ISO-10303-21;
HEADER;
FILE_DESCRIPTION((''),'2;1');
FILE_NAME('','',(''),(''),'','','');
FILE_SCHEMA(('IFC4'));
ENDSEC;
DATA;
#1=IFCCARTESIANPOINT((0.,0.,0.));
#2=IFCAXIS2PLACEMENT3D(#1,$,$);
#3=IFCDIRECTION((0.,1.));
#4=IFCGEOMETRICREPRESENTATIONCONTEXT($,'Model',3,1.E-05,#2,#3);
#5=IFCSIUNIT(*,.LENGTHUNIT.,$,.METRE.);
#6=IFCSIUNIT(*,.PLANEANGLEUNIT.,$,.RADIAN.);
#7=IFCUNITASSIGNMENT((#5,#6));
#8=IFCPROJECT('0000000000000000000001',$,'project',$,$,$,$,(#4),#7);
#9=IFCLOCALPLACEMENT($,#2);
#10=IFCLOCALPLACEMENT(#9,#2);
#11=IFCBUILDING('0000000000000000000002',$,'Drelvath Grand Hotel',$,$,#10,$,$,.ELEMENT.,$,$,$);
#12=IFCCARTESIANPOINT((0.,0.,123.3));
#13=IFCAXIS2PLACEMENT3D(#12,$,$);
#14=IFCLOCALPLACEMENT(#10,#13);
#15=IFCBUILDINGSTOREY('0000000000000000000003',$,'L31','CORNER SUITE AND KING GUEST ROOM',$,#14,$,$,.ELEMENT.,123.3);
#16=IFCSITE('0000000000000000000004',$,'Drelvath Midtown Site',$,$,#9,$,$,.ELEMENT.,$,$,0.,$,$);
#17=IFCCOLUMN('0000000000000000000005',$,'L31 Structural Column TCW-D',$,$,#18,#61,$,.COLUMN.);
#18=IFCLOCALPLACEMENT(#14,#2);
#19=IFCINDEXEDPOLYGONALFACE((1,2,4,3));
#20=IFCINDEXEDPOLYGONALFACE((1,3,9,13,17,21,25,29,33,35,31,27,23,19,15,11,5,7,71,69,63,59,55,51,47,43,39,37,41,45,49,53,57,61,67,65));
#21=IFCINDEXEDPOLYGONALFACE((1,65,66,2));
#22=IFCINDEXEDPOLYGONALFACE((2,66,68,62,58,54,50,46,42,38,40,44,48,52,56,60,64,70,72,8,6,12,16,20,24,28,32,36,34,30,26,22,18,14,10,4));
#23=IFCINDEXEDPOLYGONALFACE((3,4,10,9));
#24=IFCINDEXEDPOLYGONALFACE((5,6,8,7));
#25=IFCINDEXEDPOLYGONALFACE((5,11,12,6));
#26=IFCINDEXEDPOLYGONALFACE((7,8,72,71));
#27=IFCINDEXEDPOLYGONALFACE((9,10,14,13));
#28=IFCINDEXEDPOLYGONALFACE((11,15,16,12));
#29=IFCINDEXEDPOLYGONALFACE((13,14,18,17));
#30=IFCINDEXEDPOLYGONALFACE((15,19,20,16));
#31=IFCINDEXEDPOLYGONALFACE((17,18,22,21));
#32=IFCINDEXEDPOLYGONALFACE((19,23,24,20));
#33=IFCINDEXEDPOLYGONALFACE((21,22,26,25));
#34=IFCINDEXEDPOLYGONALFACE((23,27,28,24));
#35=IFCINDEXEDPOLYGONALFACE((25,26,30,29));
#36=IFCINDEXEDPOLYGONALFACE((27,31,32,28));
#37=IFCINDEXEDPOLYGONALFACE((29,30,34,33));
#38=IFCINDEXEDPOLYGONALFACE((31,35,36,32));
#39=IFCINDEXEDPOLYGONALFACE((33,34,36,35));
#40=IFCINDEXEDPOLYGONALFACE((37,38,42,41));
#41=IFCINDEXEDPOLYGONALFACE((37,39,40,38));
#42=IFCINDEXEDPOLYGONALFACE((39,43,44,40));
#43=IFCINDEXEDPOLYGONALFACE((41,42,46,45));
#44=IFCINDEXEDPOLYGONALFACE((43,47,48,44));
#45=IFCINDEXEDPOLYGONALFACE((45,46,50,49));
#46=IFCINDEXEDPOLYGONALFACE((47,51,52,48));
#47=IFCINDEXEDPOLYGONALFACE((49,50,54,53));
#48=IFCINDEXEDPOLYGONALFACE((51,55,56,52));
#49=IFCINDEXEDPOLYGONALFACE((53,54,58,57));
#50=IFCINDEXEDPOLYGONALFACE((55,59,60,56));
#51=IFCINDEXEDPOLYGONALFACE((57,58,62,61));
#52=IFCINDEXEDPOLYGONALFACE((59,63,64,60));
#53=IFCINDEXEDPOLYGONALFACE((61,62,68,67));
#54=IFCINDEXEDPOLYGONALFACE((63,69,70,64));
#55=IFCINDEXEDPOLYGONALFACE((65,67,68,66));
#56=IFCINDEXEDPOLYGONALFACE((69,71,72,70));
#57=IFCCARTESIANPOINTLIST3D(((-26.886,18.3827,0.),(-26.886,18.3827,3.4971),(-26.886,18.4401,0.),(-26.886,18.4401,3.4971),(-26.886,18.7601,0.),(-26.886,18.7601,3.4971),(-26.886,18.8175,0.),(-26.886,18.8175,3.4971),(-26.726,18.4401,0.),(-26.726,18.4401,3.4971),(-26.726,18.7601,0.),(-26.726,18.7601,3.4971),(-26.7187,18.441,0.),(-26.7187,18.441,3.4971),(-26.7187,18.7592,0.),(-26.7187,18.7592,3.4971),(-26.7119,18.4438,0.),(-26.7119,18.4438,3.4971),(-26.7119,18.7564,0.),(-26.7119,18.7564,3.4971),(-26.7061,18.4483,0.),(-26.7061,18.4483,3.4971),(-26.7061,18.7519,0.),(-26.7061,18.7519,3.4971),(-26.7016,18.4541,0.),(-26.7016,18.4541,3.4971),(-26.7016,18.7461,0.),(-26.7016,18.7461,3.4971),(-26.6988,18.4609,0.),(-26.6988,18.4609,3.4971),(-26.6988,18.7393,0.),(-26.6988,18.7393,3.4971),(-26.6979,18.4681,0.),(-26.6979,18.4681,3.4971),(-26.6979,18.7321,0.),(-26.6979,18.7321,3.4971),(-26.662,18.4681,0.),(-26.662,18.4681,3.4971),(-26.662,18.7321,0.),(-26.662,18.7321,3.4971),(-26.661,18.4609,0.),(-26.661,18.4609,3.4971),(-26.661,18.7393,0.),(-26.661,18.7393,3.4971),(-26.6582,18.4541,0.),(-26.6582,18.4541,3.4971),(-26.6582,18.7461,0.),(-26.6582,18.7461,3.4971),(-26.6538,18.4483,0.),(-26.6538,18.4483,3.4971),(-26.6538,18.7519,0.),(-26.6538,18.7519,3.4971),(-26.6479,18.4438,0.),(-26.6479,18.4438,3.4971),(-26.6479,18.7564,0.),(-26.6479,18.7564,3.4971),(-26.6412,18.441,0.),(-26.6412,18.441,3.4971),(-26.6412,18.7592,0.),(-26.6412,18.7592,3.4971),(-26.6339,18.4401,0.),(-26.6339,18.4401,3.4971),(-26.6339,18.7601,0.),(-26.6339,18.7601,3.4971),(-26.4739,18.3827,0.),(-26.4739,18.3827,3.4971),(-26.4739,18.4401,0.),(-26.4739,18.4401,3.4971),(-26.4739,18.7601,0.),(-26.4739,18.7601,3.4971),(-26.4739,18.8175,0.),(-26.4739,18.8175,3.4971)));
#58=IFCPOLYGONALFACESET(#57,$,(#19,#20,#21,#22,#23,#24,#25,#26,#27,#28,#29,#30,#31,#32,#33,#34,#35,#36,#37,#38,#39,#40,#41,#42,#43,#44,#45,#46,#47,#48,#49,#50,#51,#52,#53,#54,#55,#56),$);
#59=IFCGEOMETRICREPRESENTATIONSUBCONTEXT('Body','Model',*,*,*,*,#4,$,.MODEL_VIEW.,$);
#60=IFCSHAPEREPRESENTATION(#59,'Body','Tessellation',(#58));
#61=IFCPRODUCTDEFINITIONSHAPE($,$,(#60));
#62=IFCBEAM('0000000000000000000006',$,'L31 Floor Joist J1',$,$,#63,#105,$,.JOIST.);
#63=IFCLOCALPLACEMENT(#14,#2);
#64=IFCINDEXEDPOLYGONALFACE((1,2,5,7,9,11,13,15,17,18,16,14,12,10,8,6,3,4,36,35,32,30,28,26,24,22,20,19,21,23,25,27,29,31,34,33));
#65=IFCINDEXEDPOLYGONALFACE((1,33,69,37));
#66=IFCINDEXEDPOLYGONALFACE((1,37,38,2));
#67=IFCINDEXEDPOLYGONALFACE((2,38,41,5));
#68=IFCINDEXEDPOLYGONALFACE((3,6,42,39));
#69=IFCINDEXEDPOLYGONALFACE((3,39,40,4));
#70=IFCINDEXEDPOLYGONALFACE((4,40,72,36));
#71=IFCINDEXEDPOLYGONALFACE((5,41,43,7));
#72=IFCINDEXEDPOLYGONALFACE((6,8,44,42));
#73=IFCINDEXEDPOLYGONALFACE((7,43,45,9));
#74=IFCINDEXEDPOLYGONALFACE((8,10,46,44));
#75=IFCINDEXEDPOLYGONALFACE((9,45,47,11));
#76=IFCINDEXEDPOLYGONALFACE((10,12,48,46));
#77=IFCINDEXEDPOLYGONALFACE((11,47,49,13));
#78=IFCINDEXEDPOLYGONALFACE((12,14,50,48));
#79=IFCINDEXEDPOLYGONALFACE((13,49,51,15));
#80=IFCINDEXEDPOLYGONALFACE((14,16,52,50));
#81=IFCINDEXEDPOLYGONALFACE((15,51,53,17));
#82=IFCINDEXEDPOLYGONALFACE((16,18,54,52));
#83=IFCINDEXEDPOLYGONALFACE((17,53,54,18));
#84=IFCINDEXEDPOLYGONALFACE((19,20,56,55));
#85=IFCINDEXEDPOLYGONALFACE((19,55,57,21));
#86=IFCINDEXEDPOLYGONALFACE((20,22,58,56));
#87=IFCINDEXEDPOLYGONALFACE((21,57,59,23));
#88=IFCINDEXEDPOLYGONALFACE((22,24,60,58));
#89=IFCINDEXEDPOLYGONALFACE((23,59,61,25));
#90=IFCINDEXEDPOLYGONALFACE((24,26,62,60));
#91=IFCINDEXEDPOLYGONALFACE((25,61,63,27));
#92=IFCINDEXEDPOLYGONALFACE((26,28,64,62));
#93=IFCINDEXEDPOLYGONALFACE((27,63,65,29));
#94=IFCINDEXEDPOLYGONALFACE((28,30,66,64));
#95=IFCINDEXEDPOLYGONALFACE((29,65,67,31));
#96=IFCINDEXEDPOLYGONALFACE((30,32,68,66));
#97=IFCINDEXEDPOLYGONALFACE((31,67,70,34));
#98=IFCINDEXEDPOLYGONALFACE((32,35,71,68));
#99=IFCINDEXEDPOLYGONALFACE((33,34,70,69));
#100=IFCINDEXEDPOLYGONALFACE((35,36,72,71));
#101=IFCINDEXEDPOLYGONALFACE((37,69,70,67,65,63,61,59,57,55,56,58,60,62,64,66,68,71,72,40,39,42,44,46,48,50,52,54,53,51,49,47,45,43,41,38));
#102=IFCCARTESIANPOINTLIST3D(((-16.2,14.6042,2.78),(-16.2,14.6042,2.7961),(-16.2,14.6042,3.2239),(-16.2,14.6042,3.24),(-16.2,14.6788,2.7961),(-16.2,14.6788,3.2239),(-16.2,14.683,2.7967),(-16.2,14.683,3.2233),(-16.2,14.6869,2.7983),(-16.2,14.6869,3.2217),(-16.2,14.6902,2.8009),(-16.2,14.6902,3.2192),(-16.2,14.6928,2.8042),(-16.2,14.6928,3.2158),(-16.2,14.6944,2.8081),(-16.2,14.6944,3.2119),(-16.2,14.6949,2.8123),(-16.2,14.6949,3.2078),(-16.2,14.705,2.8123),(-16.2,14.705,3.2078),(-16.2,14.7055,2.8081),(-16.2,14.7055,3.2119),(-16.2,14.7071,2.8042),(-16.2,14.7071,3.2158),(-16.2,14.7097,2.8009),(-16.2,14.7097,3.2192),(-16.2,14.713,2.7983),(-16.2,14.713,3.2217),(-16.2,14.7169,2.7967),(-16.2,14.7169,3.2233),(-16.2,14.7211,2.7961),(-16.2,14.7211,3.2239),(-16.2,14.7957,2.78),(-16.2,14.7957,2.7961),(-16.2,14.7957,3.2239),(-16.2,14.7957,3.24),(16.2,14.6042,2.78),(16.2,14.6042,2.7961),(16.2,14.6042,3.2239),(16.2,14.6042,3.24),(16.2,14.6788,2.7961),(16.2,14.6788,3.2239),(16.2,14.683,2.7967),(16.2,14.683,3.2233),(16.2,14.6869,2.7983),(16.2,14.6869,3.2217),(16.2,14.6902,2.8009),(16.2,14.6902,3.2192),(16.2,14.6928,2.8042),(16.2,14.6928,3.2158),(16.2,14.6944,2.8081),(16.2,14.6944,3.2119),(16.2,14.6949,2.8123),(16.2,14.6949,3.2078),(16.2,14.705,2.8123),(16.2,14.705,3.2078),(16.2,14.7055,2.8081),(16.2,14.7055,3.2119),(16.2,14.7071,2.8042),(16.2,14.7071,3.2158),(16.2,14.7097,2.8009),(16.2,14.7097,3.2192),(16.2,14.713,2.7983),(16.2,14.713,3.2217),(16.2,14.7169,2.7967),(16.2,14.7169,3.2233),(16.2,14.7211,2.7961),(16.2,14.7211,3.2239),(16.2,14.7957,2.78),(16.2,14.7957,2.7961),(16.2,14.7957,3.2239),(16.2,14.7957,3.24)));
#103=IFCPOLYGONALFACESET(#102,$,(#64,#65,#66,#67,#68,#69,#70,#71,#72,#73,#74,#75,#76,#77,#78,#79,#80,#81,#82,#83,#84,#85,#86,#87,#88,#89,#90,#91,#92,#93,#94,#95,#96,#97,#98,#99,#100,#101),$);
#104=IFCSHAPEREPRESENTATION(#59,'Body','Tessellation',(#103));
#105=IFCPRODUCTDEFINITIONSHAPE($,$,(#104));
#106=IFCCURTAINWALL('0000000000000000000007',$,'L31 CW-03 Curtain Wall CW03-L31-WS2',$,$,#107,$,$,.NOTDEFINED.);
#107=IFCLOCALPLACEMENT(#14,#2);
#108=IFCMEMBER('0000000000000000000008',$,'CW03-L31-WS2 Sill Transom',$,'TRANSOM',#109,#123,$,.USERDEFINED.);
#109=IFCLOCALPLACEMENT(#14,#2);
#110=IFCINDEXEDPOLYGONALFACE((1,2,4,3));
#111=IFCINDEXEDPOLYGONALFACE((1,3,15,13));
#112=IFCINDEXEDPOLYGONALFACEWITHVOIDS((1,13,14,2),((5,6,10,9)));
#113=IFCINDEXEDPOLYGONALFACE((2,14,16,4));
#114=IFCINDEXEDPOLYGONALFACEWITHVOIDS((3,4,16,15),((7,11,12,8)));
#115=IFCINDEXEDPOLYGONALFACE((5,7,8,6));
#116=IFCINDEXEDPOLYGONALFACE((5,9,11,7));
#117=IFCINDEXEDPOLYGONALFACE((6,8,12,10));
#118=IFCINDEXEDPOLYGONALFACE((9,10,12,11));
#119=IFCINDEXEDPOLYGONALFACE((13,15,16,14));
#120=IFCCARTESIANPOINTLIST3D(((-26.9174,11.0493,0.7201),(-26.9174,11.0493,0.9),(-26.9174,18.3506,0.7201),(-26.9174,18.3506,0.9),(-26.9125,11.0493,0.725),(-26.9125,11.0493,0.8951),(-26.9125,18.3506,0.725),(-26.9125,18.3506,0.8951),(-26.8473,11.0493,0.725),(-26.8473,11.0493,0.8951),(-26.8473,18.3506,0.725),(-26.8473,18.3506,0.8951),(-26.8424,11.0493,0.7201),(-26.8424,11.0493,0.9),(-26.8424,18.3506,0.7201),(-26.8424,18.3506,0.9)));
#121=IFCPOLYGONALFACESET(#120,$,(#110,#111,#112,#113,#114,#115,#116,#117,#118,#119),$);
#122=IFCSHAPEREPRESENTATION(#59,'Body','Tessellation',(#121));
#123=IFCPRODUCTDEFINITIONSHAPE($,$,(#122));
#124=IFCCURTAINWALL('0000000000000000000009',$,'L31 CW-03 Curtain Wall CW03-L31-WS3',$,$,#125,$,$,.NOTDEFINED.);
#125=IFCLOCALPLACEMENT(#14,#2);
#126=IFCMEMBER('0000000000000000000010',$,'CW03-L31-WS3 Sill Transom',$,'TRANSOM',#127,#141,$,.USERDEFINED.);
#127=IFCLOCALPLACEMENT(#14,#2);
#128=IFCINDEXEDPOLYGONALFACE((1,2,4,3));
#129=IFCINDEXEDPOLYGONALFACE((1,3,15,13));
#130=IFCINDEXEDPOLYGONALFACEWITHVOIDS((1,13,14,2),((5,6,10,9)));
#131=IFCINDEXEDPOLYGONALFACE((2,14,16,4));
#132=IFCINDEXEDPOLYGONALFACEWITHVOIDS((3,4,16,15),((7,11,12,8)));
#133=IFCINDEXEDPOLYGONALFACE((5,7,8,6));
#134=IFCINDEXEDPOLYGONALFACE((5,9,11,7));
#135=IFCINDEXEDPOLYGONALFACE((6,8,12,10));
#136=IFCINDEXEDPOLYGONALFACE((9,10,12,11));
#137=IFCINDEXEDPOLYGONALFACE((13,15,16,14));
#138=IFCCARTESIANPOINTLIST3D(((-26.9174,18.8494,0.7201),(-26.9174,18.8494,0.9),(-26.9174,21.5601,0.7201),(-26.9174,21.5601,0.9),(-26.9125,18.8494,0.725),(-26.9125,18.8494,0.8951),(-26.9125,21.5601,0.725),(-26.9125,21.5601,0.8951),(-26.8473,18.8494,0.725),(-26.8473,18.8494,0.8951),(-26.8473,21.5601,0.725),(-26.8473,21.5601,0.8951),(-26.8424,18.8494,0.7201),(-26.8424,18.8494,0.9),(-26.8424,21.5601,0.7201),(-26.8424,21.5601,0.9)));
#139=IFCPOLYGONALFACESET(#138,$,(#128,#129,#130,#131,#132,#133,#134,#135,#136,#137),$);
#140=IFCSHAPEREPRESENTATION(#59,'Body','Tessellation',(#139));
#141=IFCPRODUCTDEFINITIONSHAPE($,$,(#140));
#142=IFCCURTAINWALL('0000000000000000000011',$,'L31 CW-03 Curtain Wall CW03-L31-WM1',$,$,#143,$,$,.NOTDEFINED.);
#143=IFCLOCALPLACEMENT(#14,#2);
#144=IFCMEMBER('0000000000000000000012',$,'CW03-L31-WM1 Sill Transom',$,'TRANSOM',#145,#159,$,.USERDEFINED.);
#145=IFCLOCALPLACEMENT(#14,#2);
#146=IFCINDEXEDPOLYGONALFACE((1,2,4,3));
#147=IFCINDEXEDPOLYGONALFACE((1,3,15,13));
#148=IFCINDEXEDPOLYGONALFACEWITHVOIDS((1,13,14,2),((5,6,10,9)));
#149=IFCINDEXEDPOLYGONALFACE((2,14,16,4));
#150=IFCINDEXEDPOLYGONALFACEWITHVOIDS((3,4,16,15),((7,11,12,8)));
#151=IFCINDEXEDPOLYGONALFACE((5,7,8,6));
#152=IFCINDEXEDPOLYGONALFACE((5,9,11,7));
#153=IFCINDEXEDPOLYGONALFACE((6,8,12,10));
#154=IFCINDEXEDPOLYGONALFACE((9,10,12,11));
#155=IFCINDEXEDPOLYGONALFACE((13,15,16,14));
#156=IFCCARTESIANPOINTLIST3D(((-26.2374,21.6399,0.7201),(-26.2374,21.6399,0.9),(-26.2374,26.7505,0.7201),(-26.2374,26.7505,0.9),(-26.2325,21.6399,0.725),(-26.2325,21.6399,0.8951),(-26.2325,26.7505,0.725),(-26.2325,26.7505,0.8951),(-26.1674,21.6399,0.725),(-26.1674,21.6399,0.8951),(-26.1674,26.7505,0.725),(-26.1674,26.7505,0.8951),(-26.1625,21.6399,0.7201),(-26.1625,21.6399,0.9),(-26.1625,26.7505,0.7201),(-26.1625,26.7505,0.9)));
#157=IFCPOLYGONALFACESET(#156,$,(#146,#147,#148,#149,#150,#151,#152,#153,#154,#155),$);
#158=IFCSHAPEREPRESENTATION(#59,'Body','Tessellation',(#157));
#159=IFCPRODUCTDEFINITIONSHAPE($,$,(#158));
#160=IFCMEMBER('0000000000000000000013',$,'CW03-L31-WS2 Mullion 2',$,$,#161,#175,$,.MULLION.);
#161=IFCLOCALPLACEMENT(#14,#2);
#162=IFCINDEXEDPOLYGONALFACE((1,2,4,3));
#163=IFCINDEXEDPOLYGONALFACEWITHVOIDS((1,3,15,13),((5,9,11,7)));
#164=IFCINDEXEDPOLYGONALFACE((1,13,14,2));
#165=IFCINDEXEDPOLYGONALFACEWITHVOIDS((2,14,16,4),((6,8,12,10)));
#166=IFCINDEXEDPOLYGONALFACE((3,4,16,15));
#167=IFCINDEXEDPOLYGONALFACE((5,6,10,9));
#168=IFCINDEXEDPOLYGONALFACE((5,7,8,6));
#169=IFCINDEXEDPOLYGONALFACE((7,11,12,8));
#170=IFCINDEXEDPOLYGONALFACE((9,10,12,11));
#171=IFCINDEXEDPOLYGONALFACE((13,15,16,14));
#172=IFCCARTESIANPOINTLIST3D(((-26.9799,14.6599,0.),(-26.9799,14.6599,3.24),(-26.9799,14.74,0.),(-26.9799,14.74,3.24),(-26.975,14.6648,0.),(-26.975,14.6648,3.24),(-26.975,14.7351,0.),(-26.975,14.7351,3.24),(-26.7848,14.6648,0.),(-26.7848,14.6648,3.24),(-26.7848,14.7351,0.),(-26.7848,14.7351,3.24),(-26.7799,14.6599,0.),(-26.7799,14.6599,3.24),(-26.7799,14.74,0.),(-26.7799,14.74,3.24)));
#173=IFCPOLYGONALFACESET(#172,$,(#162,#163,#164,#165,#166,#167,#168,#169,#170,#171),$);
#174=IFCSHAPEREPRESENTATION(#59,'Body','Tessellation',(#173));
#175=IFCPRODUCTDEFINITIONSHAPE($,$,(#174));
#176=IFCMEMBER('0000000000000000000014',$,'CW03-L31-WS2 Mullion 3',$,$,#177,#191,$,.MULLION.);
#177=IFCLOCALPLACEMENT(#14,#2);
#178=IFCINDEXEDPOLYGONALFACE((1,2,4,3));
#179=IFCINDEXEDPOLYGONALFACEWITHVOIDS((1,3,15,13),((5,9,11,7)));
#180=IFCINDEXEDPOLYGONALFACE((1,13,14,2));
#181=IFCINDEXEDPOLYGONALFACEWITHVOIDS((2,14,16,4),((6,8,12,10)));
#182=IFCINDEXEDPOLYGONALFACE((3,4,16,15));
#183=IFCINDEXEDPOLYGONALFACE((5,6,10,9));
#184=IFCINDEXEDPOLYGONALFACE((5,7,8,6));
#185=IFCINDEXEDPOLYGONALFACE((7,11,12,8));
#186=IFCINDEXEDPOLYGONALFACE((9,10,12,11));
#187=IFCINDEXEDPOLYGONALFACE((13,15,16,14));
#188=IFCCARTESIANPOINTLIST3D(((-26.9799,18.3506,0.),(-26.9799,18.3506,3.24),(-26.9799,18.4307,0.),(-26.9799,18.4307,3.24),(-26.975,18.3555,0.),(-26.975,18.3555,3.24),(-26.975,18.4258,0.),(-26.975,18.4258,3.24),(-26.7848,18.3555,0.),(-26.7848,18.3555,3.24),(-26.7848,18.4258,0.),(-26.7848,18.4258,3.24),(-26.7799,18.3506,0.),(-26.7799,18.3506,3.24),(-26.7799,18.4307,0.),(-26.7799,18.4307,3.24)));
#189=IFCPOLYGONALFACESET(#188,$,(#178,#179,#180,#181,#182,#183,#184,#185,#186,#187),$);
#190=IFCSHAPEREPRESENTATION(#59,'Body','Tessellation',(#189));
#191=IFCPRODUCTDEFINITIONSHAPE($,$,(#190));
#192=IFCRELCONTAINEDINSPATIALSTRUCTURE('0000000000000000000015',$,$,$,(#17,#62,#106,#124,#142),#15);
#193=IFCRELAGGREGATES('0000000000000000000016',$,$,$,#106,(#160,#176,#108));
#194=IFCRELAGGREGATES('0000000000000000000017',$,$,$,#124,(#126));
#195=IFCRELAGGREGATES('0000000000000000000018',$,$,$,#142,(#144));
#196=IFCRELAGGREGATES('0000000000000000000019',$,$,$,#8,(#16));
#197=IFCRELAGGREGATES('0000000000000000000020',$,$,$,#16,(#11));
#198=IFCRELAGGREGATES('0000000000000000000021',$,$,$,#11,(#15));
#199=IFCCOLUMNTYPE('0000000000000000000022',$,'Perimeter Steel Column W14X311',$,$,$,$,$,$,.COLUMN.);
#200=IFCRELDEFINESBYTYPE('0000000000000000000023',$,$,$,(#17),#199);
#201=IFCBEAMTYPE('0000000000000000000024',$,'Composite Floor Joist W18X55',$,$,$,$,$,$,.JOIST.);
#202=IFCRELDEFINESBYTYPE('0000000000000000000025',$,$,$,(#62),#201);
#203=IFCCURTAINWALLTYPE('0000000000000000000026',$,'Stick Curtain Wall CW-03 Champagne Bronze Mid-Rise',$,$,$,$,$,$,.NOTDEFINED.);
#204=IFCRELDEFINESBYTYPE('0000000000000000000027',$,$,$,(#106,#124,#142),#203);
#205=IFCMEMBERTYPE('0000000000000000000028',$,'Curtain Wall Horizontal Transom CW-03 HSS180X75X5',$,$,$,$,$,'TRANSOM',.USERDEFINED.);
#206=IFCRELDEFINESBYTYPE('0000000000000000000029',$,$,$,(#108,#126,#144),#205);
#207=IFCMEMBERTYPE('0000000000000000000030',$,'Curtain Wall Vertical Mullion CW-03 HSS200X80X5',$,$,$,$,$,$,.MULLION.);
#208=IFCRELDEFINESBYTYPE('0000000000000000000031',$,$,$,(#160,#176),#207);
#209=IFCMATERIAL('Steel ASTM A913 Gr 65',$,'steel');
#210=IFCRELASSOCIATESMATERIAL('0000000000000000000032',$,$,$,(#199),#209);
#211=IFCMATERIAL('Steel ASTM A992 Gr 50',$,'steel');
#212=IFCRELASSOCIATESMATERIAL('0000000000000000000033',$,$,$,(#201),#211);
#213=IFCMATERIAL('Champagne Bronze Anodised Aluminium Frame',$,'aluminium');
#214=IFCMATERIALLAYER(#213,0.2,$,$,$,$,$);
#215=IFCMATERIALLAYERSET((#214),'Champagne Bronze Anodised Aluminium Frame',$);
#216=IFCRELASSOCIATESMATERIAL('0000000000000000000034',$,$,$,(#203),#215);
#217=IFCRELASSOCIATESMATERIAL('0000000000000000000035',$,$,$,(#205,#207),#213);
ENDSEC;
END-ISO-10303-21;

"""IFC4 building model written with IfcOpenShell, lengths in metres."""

from ifc_helpers import new_model, si_unit, direction, frame, origin, origin_2d, place, context, subcontext, project, spatial, hollow_rectangle, i_section, extrude, material, layer, layer_set, material_profile, profile_set, type_object, element, aggregate, save


model = new_model("IFC4")

# Units and contexts
model_context = context("Model", 3, precision=1e-05, world=origin(), true_north=direction((0.0, 1.0)))
body_context = subcontext(model_context, "Body", "Model", "MODEL_VIEW")
ifc_project = project(units=[si_unit("LENGTHUNIT", "METRE"), si_unit("PLANEANGLEUNIT", "RADIAN")], contexts=[model_context])

# Site, building, storey
site_placement = place(None, origin())
site = spatial("IfcSite", under=ifc_project, at=site_placement, Name="Drelvath Midtown Site", CompositionType="ELEMENT", RefElevation=0.0)
building_placement = place(site_placement, origin())
building = spatial("IfcBuilding", under=site, at=building_placement, Name="Drelvath Grand Hotel", CompositionType="ELEMENT")
storey_placement = place(building_placement, frame((0.0, 0.0, 123.3)))
storey = spatial("IfcBuildingStorey", under=building, at=storey_placement, Name="L31", Description="CORNER SUITE AND KING GUEST ROOM", CompositionType="ELEMENT", Elevation=123.3)

# Column
ifc_material_1 = material(Name="Steel ASTM A913 Gr 65", Category="steel")
ifc_material_profile_1 = material_profile(ifc_material_1, i_section(OverallWidth=0.4121, OverallDepth=0.4348, WebThickness=0.0359, FlangeThickness=0.0574, FilletRadius=0.0281, at=origin_2d()), Name="W14X311")
ifc_profile_set_1 = profile_set([ifc_material_profile_1], Name="Steel ASTM A913 Gr 65")
column_type = type_object("IfcColumnType", Name="Perimeter Steel Column W14X311", PredefinedType="COLUMN", material=ifc_profile_set_1)
column_placement = place(storey_placement, frame((-26.6799, 18.6001, 0.0), z_axis=(0.0, 0.0, 1.0), x_axis=(1.0, 0.0, 0.0)))
element("IfcColumn", 1, at=column_placement, inside=storey, type_object=column_type, Name="L31 Structural Column TCW-D", PredefinedType="COLUMN", context=body_context, shape_type="SweptSolid", body=[
    extrude(i_section(OverallWidth=0.4121, OverallDepth=0.4348, WebThickness=0.0359, FlangeThickness=0.0574, FilletRadius=0.0281, at=origin_2d()), origin(), (0.0, 0.0, 1.0), 3.4971),
])

# Beam
ifc_material_2 = material(Name="Steel ASTM A992 Gr 50", Category="steel")
ifc_material_profile_2 = material_profile(ifc_material_2, i_section(OverallWidth=0.1914, OverallDepth=0.46, WebThickness=0.01, FlangeThickness=0.0161, FilletRadius=0.0161, at=origin_2d()), Name="W18X55")
ifc_profile_set_2 = profile_set([ifc_material_profile_2], Name="Steel ASTM A992 Gr 50")
beam_type_1 = type_object("IfcBeamType", Name="Composite Floor Joist W18X55", PredefinedType="JOIST", material=ifc_profile_set_2)
beam_1_placement = place(storey_placement, frame((-16.2, 14.7, 3.01), z_axis=(1.0, 0.0, 0.0), x_axis=(0.0, 1.0, 0.0)))
element("IfcBeam", 2, at=beam_1_placement, inside=storey, type_object=beam_type_1, Name="L31 Floor Joist J1", PredefinedType="JOIST", context=body_context, shape_type="SweptSolid", body=[
    extrude(i_section(OverallWidth=0.1914, OverallDepth=0.46, WebThickness=0.01, FlangeThickness=0.0161, FilletRadius=0.0161, at=origin_2d()), origin(), (0.0, 0.0, 1.0), 32.3999),
])

# Curtain walls, members
ifc_material_3 = material(Name="Champagne Bronze Anodised Aluminium Frame", Category="aluminium")
ifc_layer_1 = layer(ifc_material_3, 0.2)
ifc_layer_set_1 = layer_set([ifc_layer_1], Name="Champagne Bronze Anodised Aluminium Frame")
curtain_wall_type = type_object("IfcCurtainWallType", Name="Stick Curtain Wall CW-03 Champagne Bronze Mid-Rise", PredefinedType="NOTDEFINED", material=ifc_layer_set_1)
curtain_wall_1_placement = place(storey_placement, origin())
curtain_wall_1 = element("IfcCurtainWall", 3, at=curtain_wall_1_placement, inside=storey, type_object=curtain_wall_type, Name="L31 CW-03 Curtain Wall CW03-L31-WS2", PredefinedType="NOTDEFINED")
ifc_material_profile_3 = material_profile(ifc_material_3, hollow_rectangle(XDim=0.075, YDim=0.1799, WallThickness=0.0049, at=origin_2d()), Name="HSS180X75X5")
ifc_profile_set_3 = profile_set([ifc_material_profile_3], Name="Champagne Bronze Anodised Aluminium Frame")
member_type_1 = type_object("IfcMemberType", Name="Curtain Wall Horizontal Transom CW-03 HSS180X75X5", ElementType="TRANSOM", PredefinedType="USERDEFINED", material=ifc_profile_set_3)
member_1_placement = place(storey_placement, frame((-26.8799, 11.0493, 0.8101), z_axis=(0.0, 1.0, 0.0), x_axis=(-1.0, 0.0, 0.0)))
member_1 = element("IfcMember", 4, at=member_1_placement, type_object=member_type_1, Name="CW03-L31-WS2 Sill Transom", ObjectType="TRANSOM", PredefinedType="USERDEFINED", context=body_context, shape_type="SweptSolid", body=[
    extrude(hollow_rectangle(XDim=0.075, YDim=0.1799, WallThickness=0.0049, at=origin_2d()), origin(), (0.0, 0.0, 1.0), 7.3013),
])
curtain_wall_2_placement = place(storey_placement, origin())
curtain_wall_2 = element("IfcCurtainWall", 5, at=curtain_wall_2_placement, inside=storey, type_object=curtain_wall_type, Name="L31 CW-03 Curtain Wall CW03-L31-WS3", PredefinedType="NOTDEFINED")
member_2_placement = place(storey_placement, frame((-26.8799, 18.8494, 0.8101), z_axis=(0.0, 1.0, 0.0), x_axis=(-1.0, 0.0, 0.0)))
member_2 = element("IfcMember", 6, at=member_2_placement, type_object=member_type_1, Name="CW03-L31-WS3 Sill Transom", ObjectType="TRANSOM", PredefinedType="USERDEFINED", context=body_context, shape_type="SweptSolid", body=[
    extrude(hollow_rectangle(XDim=0.075, YDim=0.1799, WallThickness=0.0049, at=origin_2d()), origin(), (0.0, 0.0, 1.0), 2.7107),
])
curtain_wall_3_placement = place(storey_placement, origin())
curtain_wall_3 = element("IfcCurtainWall", 7, at=curtain_wall_3_placement, inside=storey, type_object=curtain_wall_type, Name="L31 CW-03 Curtain Wall CW03-L31-WM1", PredefinedType="NOTDEFINED")
member_3_placement = place(storey_placement, frame((-26.2, 21.6399, 0.8101), z_axis=(0.0, 1.0, 0.0), x_axis=(-1.0, 0.0, 0.0)))
member_3 = element("IfcMember", 8, at=member_3_placement, type_object=member_type_1, Name="CW03-L31-WM1 Sill Transom", ObjectType="TRANSOM", PredefinedType="USERDEFINED", context=body_context, shape_type="SweptSolid", body=[
    extrude(hollow_rectangle(XDim=0.075, YDim=0.1799, WallThickness=0.0049, at=origin_2d()), origin(), (0.0, 0.0, 1.0), 5.1106),
])

# Members
ifc_material_profile_4 = material_profile(ifc_material_3, hollow_rectangle(XDim=0.0801, YDim=0.2, WallThickness=0.0049, at=origin_2d()), Name="HSS200X80X5")
ifc_profile_set_4 = profile_set([ifc_material_profile_4], Name="Champagne Bronze Anodised Aluminium Frame")
member_type_2 = type_object("IfcMemberType", Name="Curtain Wall Vertical Mullion CW-03 HSS200X80X5", PredefinedType="MULLION", material=ifc_profile_set_4)
member_4_placement = place(storey_placement, frame((-26.8799, 14.7, 0.0), z_axis=(0.0, 0.0, 1.0), x_axis=(0.0, 1.0, 0.0)))
member_4 = element("IfcMember", 9, at=member_4_placement, type_object=member_type_2, Name="CW03-L31-WS2 Mullion 2", PredefinedType="MULLION", context=body_context, shape_type="SweptSolid", body=[
    extrude(hollow_rectangle(XDim=0.0801, YDim=0.2, WallThickness=0.0049, at=origin_2d()), origin(), (0.0, 0.0, 1.0), 3.24),
])
member_5_placement = place(storey_placement, frame((-26.8799, 18.3906, 0.0), z_axis=(0.0, 0.0, 1.0), x_axis=(0.0, 1.0, 0.0)))
member_5 = element("IfcMember", 10, at=member_5_placement, type_object=member_type_2, Name="CW03-L31-WS2 Mullion 3", PredefinedType="MULLION", context=body_context, shape_type="SweptSolid", body=[
    extrude(hollow_rectangle(XDim=0.0801, YDim=0.2, WallThickness=0.0049, at=origin_2d()), origin(), (0.0, 0.0, 1.0), 3.24),
])

aggregate(curtain_wall_1, [member_4, member_5, member_1])
aggregate(curtain_wall_2, [member_2])
aggregate(curtain_wall_3, [member_3])

save(model, "model.ifc")
